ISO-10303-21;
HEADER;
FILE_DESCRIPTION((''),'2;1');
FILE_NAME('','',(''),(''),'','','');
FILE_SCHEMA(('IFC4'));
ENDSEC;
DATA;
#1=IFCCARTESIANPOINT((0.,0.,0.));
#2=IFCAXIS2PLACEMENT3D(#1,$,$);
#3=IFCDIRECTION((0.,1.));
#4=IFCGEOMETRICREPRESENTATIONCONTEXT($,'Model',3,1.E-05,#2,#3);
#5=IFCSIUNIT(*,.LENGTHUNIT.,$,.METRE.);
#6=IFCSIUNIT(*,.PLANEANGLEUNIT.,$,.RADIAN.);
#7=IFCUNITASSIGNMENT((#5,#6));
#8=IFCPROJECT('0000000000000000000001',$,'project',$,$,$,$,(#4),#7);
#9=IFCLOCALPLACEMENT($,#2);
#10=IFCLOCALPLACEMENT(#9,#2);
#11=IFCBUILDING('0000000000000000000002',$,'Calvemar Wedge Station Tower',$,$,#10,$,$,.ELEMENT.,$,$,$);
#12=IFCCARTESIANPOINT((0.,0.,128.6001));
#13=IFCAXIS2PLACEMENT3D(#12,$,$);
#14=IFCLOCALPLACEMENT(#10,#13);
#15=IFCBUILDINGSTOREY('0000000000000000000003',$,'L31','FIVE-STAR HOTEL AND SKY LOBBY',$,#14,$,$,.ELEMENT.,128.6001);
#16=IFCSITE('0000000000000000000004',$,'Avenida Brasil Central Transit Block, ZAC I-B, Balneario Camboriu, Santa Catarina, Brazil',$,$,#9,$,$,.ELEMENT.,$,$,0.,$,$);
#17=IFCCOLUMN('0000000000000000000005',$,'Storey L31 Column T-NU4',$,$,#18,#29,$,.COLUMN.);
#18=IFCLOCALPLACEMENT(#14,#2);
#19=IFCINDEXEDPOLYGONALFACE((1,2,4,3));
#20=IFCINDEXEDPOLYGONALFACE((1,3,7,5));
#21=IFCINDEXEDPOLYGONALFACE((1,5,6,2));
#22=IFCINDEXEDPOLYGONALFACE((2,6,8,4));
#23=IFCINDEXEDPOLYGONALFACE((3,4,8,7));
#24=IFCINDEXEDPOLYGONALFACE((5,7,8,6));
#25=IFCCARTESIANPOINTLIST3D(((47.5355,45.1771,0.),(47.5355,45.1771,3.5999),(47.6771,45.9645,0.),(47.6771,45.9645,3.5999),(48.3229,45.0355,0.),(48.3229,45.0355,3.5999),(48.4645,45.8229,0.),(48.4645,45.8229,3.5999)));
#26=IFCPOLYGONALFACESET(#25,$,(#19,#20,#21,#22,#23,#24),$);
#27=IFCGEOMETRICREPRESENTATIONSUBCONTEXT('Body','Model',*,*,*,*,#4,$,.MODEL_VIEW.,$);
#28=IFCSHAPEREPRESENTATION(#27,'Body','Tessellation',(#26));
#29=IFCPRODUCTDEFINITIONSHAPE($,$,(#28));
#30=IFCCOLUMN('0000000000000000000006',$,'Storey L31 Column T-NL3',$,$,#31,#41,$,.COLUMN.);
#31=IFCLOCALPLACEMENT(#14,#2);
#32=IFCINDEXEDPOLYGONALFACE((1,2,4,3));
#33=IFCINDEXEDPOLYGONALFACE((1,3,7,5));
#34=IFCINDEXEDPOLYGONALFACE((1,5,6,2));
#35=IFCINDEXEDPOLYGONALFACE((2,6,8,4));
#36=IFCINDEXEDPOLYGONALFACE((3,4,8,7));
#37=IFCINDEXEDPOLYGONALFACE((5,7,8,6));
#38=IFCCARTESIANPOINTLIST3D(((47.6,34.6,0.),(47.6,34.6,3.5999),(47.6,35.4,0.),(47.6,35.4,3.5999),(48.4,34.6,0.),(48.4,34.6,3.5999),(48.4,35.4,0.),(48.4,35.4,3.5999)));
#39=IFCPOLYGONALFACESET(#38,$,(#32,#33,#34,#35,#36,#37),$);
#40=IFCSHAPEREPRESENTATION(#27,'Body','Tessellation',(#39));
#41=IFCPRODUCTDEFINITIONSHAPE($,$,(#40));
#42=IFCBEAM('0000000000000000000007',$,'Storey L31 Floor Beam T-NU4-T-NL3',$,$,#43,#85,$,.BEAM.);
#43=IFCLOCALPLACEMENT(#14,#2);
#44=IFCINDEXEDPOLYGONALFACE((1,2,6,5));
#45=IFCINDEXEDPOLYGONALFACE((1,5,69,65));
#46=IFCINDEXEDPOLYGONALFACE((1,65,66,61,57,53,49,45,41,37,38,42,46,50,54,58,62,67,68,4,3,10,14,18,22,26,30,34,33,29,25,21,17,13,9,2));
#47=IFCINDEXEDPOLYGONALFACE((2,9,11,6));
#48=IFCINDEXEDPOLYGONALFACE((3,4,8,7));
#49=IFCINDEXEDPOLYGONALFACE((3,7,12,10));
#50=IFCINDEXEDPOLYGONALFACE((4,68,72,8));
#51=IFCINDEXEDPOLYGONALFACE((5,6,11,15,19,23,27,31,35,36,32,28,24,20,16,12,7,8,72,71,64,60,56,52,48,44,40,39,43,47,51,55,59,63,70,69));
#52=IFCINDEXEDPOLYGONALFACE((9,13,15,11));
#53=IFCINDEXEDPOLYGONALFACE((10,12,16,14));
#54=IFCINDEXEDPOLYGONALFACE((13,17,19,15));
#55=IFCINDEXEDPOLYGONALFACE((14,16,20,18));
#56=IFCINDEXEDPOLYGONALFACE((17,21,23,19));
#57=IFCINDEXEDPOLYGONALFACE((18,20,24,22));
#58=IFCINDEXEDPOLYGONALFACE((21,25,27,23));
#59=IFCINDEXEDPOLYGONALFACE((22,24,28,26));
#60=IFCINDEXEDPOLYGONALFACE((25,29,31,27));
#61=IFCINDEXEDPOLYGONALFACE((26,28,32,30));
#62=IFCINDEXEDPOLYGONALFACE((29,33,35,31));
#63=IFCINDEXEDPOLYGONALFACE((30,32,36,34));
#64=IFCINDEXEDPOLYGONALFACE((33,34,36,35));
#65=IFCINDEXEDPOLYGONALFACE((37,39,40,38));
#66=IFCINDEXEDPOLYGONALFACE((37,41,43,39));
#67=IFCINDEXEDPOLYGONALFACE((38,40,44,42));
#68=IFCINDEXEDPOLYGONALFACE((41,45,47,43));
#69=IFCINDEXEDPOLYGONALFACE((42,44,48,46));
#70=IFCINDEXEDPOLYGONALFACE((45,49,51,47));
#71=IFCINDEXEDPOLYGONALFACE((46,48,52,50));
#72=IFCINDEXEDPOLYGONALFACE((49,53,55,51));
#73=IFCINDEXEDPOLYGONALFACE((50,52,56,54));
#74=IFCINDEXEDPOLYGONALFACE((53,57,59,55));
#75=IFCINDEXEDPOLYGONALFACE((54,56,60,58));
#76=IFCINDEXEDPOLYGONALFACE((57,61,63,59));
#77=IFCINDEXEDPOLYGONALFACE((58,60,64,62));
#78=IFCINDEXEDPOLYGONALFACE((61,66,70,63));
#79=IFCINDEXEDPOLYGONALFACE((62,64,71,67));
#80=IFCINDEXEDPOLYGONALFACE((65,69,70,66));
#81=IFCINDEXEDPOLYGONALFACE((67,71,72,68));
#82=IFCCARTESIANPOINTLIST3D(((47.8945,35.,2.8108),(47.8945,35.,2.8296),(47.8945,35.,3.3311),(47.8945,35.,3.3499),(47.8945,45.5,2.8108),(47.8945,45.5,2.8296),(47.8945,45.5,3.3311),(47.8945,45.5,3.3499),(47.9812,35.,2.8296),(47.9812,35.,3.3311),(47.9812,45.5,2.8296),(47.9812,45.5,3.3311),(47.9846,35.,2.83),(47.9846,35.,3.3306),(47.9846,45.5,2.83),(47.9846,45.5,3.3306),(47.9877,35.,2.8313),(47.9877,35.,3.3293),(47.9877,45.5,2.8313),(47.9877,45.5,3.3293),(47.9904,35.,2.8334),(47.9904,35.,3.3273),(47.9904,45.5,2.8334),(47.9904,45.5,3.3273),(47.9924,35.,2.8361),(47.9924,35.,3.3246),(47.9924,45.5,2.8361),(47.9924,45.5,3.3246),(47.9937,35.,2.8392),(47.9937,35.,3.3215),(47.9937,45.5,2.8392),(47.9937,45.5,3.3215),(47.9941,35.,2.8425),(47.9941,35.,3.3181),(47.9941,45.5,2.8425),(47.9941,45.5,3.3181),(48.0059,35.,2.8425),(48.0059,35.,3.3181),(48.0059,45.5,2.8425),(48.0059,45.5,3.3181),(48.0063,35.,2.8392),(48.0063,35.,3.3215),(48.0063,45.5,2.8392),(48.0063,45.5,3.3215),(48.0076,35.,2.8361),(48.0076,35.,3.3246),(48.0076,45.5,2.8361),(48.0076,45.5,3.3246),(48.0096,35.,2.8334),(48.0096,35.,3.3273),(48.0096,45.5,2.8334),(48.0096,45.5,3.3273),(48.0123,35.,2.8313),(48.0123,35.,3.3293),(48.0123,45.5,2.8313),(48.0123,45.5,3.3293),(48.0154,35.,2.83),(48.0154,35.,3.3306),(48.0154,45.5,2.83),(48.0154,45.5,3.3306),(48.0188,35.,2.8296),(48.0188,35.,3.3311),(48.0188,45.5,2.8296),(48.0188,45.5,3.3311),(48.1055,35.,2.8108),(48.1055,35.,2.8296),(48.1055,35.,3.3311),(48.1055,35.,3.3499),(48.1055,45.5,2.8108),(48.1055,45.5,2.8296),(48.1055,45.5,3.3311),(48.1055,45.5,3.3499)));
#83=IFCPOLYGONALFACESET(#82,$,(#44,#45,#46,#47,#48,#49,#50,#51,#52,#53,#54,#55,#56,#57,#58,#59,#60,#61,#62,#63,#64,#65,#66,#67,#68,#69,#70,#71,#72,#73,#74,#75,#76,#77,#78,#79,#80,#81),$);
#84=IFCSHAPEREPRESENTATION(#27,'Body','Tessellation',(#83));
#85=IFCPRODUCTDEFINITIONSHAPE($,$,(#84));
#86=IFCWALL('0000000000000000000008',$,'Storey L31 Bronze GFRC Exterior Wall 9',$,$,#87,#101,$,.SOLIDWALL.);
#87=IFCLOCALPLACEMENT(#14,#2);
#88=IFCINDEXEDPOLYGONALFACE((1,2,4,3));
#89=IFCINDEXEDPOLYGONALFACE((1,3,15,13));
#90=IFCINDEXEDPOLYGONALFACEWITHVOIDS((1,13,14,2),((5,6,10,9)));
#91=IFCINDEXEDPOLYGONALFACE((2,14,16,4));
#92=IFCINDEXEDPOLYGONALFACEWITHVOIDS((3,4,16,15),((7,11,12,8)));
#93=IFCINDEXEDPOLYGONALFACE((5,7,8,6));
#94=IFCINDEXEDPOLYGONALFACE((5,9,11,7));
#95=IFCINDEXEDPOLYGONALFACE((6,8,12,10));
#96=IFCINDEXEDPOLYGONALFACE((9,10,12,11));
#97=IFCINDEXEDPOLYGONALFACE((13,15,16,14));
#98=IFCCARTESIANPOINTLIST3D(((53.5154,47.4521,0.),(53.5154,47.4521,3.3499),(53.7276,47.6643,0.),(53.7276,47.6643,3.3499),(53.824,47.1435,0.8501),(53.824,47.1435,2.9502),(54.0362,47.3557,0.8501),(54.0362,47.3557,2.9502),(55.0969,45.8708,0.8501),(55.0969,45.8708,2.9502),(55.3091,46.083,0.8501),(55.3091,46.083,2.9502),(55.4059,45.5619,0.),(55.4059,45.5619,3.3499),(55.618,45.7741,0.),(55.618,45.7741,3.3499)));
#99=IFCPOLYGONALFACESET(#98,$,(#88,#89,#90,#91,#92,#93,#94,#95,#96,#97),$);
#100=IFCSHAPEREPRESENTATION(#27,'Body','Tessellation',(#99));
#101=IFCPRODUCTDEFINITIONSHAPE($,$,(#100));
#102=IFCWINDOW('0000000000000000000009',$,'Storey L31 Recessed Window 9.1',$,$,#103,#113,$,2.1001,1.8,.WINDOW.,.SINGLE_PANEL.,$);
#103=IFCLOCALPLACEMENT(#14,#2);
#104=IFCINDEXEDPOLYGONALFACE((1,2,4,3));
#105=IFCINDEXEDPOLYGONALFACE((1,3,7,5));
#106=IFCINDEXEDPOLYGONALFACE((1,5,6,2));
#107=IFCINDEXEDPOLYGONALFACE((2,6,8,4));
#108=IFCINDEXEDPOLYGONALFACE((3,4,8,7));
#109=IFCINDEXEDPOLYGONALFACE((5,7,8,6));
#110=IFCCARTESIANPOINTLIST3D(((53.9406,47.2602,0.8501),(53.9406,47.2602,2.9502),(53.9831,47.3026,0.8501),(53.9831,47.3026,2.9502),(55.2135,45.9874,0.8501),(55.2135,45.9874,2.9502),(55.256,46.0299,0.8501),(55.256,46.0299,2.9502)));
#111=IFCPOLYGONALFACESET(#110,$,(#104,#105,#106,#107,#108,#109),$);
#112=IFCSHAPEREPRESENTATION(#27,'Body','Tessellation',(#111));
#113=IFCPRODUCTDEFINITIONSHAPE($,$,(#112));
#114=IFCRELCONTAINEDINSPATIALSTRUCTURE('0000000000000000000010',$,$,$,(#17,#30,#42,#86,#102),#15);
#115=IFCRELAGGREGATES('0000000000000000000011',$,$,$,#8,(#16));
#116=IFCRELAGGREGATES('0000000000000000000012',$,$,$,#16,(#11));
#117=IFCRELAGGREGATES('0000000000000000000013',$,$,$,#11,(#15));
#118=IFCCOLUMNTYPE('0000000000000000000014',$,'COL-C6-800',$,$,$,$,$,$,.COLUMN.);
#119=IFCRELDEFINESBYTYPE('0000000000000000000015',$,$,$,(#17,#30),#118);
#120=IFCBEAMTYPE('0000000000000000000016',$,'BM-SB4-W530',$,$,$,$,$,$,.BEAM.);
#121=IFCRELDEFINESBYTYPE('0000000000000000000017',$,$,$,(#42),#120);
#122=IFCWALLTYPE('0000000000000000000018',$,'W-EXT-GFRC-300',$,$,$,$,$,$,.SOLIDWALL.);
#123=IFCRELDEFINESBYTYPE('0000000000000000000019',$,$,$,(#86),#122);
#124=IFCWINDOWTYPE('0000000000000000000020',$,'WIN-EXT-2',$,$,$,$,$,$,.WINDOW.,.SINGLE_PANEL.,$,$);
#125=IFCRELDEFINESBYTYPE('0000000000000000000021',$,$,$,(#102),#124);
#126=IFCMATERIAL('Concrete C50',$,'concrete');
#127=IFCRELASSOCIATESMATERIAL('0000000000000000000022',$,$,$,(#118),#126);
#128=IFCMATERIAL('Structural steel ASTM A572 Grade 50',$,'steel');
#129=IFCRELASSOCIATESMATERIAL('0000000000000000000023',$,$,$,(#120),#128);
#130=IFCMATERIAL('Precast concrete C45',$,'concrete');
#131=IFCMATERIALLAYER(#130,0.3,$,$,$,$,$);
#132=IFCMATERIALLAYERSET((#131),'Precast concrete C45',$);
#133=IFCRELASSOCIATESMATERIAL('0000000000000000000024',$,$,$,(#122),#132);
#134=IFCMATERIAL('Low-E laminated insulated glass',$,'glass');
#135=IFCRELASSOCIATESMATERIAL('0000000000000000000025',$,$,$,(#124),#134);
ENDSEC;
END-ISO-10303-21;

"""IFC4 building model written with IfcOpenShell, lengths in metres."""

from ifc_helpers import new_model, si_unit, direction, frame, frame_2d, origin, origin_2d, place, context, subcontext, project, spatial, rectangle, i_section, extrude, source, transform, mapped, material, layer, layer_set, material_profile, profile_set, type_object, element, fill, save


model = new_model("IFC4")

# Units and contexts
model_context = context("Model", 3, precision=1e-05, world=origin(), true_north=direction((0.0, 1.0)))
body_context = subcontext(model_context, "Body", "Model", "MODEL_VIEW")
ifc_project = project(units=[si_unit("LENGTHUNIT", "METRE"), si_unit("PLANEANGLEUNIT", "RADIAN")], contexts=[model_context])

# Site, building, storey
site_placement = place(None, origin())
site = spatial("IfcSite", under=ifc_project, at=site_placement, Name="Avenida Brasil Central Transit Block, ZAC I-B, Balneario Camboriu, Santa Catarina, Brazil", CompositionType="ELEMENT", RefElevation=0.0)
building_placement = place(site_placement, origin())
building = spatial("IfcBuilding", under=site, at=building_placement, Name="Calvemar Wedge Station Tower", CompositionType="ELEMENT")
storey_placement = place(building_placement, frame((0.0, 0.0, 128.6001)))
storey = spatial("IfcBuildingStorey", under=building, at=storey_placement, Name="L31", Description="FIVE-STAR HOTEL AND SKY LOBBY", CompositionType="ELEMENT", Elevation=128.6001)

# Columns
ifc_material_1 = material(Name="Concrete C50", Category="concrete")
ifc_material_profile_1 = material_profile(ifc_material_1, rectangle(XDim=0.8, YDim=0.8, at=origin_2d()), Name="RC800x800")
ifc_profile_set_1 = profile_set([ifc_material_profile_1], Name="Concrete C50")
column_type = type_object("IfcColumnType", Name="COL-C6-800", PredefinedType="COLUMN", material=ifc_profile_set_1)
shared_shape_1 = source(origin(), body_context, "Body", "SweptSolid", [
    extrude(rectangle(XDim=0.8, YDim=0.8, at=origin_2d()), origin(), (0.0, 0.0, 1.0), 3.5999),
])
for number, where, z_axis, x_axis, name in (
    (1, (48.0, 45.5, 0.0), (0.0, 0.0, 1.0), (0.984196, -0.177085, 0.0), "Storey L31 Column T-NU4"),
    (2, (48.0, 35.0, 0.0), (0.0, 0.0, 1.0), (1.0, 0.0, 0.0), "Storey L31 Column T-NL3"),
):
    element("IfcColumn", number, at=place(storey_placement, frame(where, z_axis=z_axis, x_axis=x_axis)), inside=storey, type_object=column_type, Name=name, PredefinedType="COLUMN", context=body_context, shape_type="MappedRepresentation", body=[
        mapped(shared_shape_1, transform((0.0, 0.0, 0.0), scale=1.0)),
    ])

# Beam
ifc_material_2 = material(Name="Structural steel ASTM A572 Grade 50", Category="steel")
ifc_material_profile_2 = material_profile(ifc_material_2, i_section(OverallWidth=0.2109, OverallDepth=0.5391, WebThickness=0.0117, FlangeThickness=0.0188, FilletRadius=0.0129, at=origin_2d()), Name="W530x109")
ifc_profile_set_2 = profile_set([ifc_material_profile_2], Name="Structural steel ASTM A572 Grade 50")
beam_type = type_object("IfcBeamType", Name="BM-SB4-W530", PredefinedType="BEAM", material=ifc_profile_set_2)
shared_shape_2 = source(origin(), body_context, "Body", "SweptSolid", [
    extrude(i_section(OverallWidth=0.2109, OverallDepth=0.5391, WebThickness=0.0117, FlangeThickness=0.0188, FilletRadius=0.0129, at=origin_2d()), origin(), (0.0, 0.0, 1.0), 10.5),
])
beam_placement = place(storey_placement, frame((48.0, 45.5, 3.0803), z_axis=(0.0, -1.0, 0.0), x_axis=(1.0, 0.0, 0.0)))
element("IfcBeam", 3, at=beam_placement, inside=storey, type_object=beam_type, Name="Storey L31 Floor Beam T-NU4-T-NL3", PredefinedType="BEAM", context=body_context, shape_type="MappedRepresentation", body=[
    mapped(shared_shape_2, transform((0.0, 0.0, 0.0), scale=1.0)),
])

# Wall, opening, window
ifc_material_3 = material(Name="Precast concrete C45", Category="concrete")
ifc_layer_1 = layer(ifc_material_3, 0.3)
ifc_layer_set_1 = layer_set([ifc_layer_1], Name="Precast concrete C45")
wall_type_1 = type_object("IfcWallType", Name="W-EXT-GFRC-300", PredefinedType="SOLIDWALL", material=ifc_layer_set_1)
wall_1_placement = place(storey_placement, frame((55.512, 45.668, 0.0), z_axis=(0.0, 0.0, 1.0), x_axis=(-0.707152, 0.707061, 0.0)))
wall_1 = element("IfcWall", 4, at=wall_1_placement, inside=storey, type_object=wall_type_1, Name="Storey L31 Bronze GFRC Exterior Wall 9", PredefinedType="SOLIDWALL", context=body_context, shape_type="SweptSolid", body=[
    extrude(rectangle(XDim=2.6733, YDim=0.3, at=frame_2d((1.3367, 0.0))), origin(), (0.0, 0.0, 1.0), 3.3499),
])
shared_shape_3 = source(origin(), body_context, "Body", "SweptSolid", [
    extrude(rectangle(XDim=1.8, YDim=2.1001, at=frame_2d((0.8999, 1.05))), frame((0.0, 0.1602, 0.0), z_axis=(0.0, -1.0, 0.0), x_axis=(1.0, 0.0, 0.0)), (0.0, 0.0, 1.0), 0.3201),
])
opening_1_placement = place(wall_1_placement, frame((0.437, 0.0, 0.8501)))
opening_1 = element("IfcOpeningElement", 5, at=opening_1_placement, cuts=wall_1, PredefinedType="OPENING", context=body_context, shape_type="MappedRepresentation", body=[
    mapped(shared_shape_3, transform((0.0, 0.0, 0.0), scale=1.0)),
])
ifc_material_4 = material(Name="Low-E laminated insulated glass", Category="glass")
window_type_1 = type_object("IfcWindowType", Name="WIN-EXT-2", PartitioningType="SINGLE_PANEL", PredefinedType="WINDOW", material=ifc_material_4)
shared_shape_4 = source(origin(), body_context, "Body", "SweptSolid", [
    extrude(rectangle(XDim=1.8, YDim=2.1001, at=frame_2d((0.8999, 1.05))), frame((0.0, -0.0149, 0.0), z_axis=(0.0, -1.0, 0.0), x_axis=(1.0, 0.0, 0.0)), (0.0, 0.0, 1.0), 0.0601),
])
window_1_placement = place(opening_1_placement, origin())
window_1 = element("IfcWindow", 6, at=window_1_placement, inside=storey, type_object=window_type_1, Name="Storey L31 Recessed Window 9.1", OverallHeight=2.1001, OverallWidth=1.8, PartitioningType="SINGLE_PANEL", PredefinedType="WINDOW", context=body_context, shape_type="MappedRepresentation", body=[
    mapped(shared_shape_4, transform((0.0, 0.0, 0.0), scale=1.0)),
])
fill(opening_1, window_1)

save(model, "model.ifc")
